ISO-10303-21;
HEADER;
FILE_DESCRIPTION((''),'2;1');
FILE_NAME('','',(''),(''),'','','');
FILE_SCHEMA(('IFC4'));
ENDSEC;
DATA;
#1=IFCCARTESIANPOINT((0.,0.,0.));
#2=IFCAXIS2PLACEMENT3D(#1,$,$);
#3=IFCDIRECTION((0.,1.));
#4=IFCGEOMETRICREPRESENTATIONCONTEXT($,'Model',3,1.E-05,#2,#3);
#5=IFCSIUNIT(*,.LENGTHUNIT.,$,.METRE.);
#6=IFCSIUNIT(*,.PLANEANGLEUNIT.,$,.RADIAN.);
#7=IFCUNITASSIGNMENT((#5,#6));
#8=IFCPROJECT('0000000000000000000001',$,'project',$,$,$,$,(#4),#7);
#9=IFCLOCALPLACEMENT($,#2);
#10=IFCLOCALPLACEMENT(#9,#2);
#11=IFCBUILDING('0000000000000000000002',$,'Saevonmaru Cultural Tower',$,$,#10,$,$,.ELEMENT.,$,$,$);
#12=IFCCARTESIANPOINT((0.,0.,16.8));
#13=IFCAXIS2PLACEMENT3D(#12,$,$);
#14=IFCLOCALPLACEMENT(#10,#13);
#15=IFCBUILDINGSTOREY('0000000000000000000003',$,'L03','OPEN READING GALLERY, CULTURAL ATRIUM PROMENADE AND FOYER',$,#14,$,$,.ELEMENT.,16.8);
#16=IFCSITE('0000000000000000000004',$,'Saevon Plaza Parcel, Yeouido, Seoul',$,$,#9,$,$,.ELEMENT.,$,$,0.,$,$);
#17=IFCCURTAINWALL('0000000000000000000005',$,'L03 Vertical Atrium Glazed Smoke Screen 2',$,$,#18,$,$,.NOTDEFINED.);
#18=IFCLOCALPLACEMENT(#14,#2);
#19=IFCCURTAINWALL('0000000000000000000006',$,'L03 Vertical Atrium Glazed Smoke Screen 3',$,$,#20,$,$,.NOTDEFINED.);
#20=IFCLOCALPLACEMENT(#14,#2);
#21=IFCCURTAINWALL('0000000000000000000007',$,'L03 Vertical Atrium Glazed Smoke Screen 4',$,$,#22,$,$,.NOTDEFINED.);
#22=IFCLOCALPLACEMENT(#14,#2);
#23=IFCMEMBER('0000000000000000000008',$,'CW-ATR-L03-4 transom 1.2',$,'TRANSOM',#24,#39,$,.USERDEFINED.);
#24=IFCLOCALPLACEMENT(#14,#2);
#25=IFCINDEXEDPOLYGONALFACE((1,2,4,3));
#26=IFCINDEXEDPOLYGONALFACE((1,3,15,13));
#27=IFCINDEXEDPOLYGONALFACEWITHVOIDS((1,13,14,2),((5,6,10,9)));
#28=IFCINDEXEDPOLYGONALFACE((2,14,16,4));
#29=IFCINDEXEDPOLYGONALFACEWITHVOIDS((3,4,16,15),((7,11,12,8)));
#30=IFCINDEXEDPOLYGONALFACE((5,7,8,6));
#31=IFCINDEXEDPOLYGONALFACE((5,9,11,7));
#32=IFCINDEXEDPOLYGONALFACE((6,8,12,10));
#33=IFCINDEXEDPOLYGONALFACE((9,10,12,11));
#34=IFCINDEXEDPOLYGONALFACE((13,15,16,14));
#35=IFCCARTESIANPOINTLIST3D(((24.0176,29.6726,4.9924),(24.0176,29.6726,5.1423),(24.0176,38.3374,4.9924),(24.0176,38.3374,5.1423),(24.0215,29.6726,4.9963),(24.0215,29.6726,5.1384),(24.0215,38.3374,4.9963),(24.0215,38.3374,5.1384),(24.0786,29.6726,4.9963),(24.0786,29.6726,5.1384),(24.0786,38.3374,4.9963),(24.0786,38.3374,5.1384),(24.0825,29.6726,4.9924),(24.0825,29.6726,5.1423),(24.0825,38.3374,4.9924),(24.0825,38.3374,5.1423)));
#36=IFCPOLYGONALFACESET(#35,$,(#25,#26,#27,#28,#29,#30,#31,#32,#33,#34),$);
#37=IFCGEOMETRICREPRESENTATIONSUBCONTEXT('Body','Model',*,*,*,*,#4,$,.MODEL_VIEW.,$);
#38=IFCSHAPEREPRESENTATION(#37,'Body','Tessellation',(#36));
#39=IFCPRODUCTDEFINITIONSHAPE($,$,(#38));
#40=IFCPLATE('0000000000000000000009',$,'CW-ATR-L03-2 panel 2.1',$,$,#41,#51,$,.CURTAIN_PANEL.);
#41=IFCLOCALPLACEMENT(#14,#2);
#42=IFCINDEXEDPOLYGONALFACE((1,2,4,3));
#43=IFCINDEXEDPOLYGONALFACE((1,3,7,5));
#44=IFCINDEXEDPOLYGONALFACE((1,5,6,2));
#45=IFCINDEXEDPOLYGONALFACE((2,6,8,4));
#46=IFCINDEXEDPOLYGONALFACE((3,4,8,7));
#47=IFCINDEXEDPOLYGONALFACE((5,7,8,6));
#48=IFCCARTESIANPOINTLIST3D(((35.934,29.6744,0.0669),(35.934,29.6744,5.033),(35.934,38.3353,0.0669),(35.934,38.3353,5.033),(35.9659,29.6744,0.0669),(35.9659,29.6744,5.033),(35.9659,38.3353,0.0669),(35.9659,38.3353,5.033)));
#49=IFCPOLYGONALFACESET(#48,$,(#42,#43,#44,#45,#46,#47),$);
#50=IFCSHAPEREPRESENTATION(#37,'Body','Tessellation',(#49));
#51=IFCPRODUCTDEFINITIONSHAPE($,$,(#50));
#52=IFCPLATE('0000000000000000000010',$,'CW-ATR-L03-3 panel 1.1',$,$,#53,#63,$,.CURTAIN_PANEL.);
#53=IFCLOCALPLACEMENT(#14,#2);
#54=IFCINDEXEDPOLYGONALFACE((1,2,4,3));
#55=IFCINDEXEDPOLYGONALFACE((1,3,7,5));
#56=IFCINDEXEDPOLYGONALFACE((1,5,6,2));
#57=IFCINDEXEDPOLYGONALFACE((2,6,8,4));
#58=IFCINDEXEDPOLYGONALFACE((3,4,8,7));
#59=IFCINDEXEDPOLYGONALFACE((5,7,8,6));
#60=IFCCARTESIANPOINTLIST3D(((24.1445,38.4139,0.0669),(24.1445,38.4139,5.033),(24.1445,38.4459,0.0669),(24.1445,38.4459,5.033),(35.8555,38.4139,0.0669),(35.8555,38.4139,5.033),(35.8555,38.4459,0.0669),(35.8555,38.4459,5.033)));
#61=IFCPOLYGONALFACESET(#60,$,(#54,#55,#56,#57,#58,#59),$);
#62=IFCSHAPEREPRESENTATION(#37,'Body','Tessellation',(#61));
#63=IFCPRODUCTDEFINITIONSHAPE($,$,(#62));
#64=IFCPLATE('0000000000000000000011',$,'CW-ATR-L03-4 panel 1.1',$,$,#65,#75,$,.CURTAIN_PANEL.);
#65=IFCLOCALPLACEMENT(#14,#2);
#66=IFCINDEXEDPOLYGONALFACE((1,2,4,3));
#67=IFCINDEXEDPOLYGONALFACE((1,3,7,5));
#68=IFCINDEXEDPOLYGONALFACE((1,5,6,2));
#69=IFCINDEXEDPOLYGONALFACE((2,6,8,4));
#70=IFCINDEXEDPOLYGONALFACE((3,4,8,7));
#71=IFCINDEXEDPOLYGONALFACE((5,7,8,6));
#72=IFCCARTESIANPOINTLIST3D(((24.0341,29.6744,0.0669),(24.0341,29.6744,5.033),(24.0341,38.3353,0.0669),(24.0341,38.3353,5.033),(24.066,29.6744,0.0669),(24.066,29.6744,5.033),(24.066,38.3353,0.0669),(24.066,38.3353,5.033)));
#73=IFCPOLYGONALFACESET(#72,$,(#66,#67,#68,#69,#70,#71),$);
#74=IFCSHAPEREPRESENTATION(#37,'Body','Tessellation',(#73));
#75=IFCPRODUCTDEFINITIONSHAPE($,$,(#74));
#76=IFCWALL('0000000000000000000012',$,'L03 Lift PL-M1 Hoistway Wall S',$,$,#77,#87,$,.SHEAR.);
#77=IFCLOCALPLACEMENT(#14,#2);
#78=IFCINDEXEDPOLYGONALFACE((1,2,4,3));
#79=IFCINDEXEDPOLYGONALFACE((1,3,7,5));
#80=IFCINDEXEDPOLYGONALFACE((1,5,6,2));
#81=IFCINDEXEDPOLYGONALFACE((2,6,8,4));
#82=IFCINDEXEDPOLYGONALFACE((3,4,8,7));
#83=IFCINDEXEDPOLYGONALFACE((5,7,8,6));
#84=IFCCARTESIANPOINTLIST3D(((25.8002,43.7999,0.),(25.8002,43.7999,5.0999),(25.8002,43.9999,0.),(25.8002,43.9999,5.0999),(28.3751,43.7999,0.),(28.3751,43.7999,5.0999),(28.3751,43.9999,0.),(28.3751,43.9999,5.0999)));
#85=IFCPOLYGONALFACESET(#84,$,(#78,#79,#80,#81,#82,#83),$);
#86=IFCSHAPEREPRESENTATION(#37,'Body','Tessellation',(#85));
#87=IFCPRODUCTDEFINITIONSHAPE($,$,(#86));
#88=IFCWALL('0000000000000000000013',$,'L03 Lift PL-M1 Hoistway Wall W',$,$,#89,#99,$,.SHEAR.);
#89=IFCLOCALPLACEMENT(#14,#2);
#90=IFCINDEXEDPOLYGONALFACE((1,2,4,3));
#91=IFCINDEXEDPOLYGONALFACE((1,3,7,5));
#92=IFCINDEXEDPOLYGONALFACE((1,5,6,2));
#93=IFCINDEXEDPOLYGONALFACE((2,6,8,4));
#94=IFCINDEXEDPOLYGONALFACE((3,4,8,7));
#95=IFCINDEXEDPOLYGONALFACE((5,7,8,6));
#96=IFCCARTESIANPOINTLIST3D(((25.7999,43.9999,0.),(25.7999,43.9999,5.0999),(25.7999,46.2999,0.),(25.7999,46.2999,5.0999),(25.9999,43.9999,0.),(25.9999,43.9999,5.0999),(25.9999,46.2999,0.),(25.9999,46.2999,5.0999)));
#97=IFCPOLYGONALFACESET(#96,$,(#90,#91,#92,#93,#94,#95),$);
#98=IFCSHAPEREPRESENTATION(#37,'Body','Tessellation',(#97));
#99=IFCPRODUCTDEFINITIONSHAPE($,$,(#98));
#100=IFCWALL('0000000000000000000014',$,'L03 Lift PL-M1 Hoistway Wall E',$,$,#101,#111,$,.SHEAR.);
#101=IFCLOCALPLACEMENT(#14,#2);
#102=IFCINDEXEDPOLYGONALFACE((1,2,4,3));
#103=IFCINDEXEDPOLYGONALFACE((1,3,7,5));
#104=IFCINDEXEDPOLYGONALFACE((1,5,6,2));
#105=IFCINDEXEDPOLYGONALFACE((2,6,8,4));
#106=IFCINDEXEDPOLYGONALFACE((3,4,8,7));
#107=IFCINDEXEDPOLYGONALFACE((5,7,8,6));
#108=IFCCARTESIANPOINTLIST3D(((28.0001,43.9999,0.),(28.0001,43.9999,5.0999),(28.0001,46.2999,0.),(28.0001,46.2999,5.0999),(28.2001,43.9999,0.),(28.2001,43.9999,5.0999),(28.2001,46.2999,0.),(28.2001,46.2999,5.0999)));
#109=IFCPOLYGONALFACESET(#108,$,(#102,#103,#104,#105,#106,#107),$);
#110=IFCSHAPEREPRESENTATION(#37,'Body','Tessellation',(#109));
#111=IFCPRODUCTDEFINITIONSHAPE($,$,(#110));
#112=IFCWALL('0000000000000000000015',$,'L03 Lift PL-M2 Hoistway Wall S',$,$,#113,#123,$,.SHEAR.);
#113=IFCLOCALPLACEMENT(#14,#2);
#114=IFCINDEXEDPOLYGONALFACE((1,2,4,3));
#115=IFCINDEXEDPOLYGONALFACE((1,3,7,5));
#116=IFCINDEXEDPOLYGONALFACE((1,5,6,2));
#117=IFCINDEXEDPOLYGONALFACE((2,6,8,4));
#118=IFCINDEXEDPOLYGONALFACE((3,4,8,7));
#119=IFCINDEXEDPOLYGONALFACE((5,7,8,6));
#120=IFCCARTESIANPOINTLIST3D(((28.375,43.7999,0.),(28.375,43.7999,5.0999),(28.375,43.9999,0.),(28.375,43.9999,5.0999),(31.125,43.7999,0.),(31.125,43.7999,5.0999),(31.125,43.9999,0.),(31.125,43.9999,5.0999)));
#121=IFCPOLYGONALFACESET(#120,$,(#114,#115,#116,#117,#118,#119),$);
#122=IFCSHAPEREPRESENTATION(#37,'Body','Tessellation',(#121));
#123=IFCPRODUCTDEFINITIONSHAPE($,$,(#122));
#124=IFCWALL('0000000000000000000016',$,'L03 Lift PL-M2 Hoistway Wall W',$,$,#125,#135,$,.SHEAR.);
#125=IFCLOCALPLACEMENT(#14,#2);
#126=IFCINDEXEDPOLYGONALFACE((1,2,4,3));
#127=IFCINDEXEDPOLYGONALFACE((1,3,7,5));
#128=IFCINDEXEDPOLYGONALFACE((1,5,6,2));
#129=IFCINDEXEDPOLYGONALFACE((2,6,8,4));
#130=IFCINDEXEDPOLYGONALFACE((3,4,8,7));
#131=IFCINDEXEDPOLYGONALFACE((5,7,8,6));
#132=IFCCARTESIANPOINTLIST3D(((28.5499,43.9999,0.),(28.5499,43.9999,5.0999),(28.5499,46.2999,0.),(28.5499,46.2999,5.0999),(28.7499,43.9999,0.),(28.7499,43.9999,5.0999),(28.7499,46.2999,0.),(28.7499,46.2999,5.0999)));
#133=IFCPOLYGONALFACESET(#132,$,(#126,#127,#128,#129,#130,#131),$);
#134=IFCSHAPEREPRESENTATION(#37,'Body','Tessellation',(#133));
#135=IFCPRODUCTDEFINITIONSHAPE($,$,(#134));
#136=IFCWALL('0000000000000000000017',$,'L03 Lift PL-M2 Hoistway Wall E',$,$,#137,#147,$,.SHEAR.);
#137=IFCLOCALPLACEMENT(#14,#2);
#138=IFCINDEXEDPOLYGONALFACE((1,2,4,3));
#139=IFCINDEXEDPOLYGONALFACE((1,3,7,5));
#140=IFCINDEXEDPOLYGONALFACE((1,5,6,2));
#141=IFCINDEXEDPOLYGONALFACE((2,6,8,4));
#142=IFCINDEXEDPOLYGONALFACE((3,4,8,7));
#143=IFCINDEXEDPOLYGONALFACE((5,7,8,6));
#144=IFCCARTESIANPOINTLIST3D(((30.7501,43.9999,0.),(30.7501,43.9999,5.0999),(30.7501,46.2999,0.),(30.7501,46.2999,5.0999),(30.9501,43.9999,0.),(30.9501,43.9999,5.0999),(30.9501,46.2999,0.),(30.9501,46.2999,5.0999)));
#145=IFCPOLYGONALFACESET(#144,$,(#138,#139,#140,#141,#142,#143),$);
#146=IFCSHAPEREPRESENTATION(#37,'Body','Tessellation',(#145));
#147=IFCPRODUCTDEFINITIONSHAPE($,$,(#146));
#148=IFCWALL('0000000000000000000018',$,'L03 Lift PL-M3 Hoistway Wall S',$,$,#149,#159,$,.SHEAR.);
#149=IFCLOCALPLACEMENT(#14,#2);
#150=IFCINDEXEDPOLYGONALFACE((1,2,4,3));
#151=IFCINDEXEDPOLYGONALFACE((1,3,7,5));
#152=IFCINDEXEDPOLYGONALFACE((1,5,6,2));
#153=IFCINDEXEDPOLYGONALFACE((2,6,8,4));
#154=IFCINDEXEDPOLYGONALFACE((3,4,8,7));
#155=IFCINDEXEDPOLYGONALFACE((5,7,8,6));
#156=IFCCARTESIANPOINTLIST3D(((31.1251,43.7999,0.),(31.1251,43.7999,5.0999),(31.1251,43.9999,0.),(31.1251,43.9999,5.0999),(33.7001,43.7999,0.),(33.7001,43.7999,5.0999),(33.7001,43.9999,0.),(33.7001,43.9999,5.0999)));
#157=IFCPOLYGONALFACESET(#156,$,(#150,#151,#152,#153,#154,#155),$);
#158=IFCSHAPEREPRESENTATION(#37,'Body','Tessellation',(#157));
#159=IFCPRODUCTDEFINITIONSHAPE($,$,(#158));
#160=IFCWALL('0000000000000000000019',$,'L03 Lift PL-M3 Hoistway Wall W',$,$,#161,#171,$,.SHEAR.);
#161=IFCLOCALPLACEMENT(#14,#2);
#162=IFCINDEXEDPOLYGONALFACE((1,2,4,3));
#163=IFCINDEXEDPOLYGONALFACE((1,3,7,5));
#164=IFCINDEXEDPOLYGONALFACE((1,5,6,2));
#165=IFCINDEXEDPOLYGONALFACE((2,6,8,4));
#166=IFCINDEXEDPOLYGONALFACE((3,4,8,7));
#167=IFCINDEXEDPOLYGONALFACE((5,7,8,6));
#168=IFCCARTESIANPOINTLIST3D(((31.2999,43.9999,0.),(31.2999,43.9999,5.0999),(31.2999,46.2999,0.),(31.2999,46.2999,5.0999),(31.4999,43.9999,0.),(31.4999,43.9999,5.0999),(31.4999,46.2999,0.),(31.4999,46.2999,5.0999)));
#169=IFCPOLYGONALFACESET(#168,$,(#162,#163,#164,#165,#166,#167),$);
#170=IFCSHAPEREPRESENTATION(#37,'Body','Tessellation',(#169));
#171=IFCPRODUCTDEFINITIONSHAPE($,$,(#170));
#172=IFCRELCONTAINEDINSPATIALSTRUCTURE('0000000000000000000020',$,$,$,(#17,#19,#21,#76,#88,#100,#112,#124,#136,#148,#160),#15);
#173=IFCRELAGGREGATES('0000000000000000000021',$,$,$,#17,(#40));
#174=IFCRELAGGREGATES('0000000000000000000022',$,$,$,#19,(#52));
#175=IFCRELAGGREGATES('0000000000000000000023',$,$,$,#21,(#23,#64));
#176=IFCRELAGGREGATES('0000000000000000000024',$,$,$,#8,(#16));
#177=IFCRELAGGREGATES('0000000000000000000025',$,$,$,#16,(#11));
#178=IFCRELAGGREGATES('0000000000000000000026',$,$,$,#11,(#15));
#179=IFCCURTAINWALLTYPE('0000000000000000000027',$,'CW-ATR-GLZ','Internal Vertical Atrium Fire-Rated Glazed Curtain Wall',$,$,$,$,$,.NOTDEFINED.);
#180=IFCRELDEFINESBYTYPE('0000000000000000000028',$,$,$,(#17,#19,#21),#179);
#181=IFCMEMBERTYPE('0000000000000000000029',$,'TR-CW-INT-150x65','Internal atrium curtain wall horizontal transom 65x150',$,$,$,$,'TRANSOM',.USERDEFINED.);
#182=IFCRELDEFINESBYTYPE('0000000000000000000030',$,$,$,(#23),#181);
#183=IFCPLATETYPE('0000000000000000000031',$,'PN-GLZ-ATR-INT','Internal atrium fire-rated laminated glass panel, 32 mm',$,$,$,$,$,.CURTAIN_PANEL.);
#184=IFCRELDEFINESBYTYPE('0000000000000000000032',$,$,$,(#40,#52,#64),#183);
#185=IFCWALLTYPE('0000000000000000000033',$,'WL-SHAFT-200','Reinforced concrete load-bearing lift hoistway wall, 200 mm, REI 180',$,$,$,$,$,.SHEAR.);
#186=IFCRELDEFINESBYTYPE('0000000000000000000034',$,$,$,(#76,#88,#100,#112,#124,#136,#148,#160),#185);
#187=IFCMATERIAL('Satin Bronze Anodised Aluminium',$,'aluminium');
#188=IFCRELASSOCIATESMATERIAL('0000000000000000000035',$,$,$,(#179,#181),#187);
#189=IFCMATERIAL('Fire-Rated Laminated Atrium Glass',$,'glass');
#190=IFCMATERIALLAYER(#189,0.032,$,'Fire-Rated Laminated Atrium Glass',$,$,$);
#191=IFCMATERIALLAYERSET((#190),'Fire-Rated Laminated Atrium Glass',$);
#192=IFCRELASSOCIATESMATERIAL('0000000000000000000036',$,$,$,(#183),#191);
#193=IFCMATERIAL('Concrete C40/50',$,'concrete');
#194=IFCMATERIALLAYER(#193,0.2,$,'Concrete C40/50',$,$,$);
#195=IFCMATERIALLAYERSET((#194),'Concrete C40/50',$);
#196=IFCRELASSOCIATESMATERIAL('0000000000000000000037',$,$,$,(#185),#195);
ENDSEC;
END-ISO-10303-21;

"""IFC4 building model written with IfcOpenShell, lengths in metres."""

from ifc_helpers import new_model, si_unit, direction, frame, frame_2d, origin, origin_2d, place, context, subcontext, project, spatial, rectangle, hollow_rectangle, extrude, material, layer, layer_set, material_profile, profile_set, type_object, element, aggregate, save


model = new_model("IFC4")

# Units and contexts
model_context = context("Model", 3, precision=1e-05, world=origin(), true_north=direction((0.0, 1.0)))
body_context = subcontext(model_context, "Body", "Model", "MODEL_VIEW")
ifc_project = project(units=[si_unit("LENGTHUNIT", "METRE"), si_unit("PLANEANGLEUNIT", "RADIAN")], contexts=[model_context])

# Site, building, storey
site_placement = place(None, origin())
site = spatial("IfcSite", under=ifc_project, at=site_placement, Name="Saevon Plaza Parcel, Yeouido, Seoul", CompositionType="ELEMENT", RefElevation=0.0)
building_placement = place(site_placement, origin())
building = spatial("IfcBuilding", under=site, at=building_placement, Name="Saevonmaru Cultural Tower", CompositionType="ELEMENT")
storey_placement = place(building_placement, frame((0.0, 0.0, 16.8)))
storey = spatial("IfcBuildingStorey", under=building, at=storey_placement, Name="L03", Description="OPEN READING GALLERY, CULTURAL ATRIUM PROMENADE AND FOYER", CompositionType="ELEMENT", Elevation=16.8)

# Curtain wall
ifc_material_1 = material(Name="Satin Bronze Anodised Aluminium", Category="aluminium")
curtain_wall_type = type_object("IfcCurtainWallType", Name="CW-ATR-GLZ", Description="Internal Vertical Atrium Fire-Rated Glazed Curtain Wall", PredefinedType="NOTDEFINED", material=ifc_material_1)
curtain_wall_1_placement = place(storey_placement, origin())
curtain_wall_1 = element("IfcCurtainWall", 1, at=curtain_wall_1_placement, inside=storey, type_object=curtain_wall_type, Name="L03 Vertical Atrium Glazed Smoke Screen 2", PredefinedType="NOTDEFINED")

# Curtain wall
curtain_wall_2_placement = place(storey_placement, origin())
curtain_wall_2 = element("IfcCurtainWall", 2, at=curtain_wall_2_placement, inside=storey, type_object=curtain_wall_type, Name="L03 Vertical Atrium Glazed Smoke Screen 3", PredefinedType="NOTDEFINED")

# Curtain wall
curtain_wall_3_placement = place(storey_placement, origin())
curtain_wall_3 = element("IfcCurtainWall", 3, at=curtain_wall_3_placement, inside=storey, type_object=curtain_wall_type, Name="L03 Vertical Atrium Glazed Smoke Screen 4", PredefinedType="NOTDEFINED")

# Member
ifc_material_profile_1 = material_profile(ifc_material_1, hollow_rectangle(XDim=0.0649, YDim=0.1499, WallThickness=0.0039, at=origin_2d()), Name="ALU-TRAN-150x65x4")
ifc_profile_set_1 = profile_set([ifc_material_profile_1], Name="Satin Bronze Anodised Aluminium")
member_type_1 = type_object("IfcMemberType", Name="TR-CW-INT-150x65", Description="Internal atrium curtain wall horizontal transom 65x150", ElementType="TRANSOM", PredefinedType="USERDEFINED", material=ifc_profile_set_1)
member_1_placement = place(storey_placement, frame((24.05, 38.3374, 5.0674), z_axis=(0.0, -1.0, 0.0), x_axis=(1.0, 0.0, 0.0)))
member_1 = element("IfcMember", 4, at=member_1_placement, type_object=member_type_1, Name="CW-ATR-L03-4 transom 1.2", ObjectType="TRANSOM", PredefinedType="USERDEFINED", context=body_context, shape_type="SweptSolid", body=[
    extrude(hollow_rectangle(XDim=0.0649, YDim=0.1499, WallThickness=0.0039, at=origin_2d()), origin(), (0.0, 0.0, 1.0), 8.6648),
])

# Plates
ifc_material_2 = material(Name="Fire-Rated Laminated Atrium Glass", Category="glass")
ifc_layer_1 = layer(ifc_material_2, 0.032, Name="Fire-Rated Laminated Atrium Glass")
ifc_layer_set_1 = layer_set([ifc_layer_1], Name="Fire-Rated Laminated Atrium Glass")
plate_type = type_object("IfcPlateType", Name="PN-GLZ-ATR-INT", Description="Internal atrium fire-rated laminated glass panel, 32 mm", PredefinedType="CURTAIN_PANEL", material=ifc_layer_set_1)
plate_1_placement = place(storey_placement, frame((35.95, 34.0049, 0.0669), z_axis=(0.0, 0.0, 1.0), x_axis=(0.0, 1.0, 0.0)))
plate_1 = element("IfcPlate", 5, at=plate_1_placement, type_object=plate_type, Name="CW-ATR-L03-2 panel 2.1", PredefinedType="CURTAIN_PANEL", context=body_context, shape_type="SweptSolid", body=[
    extrude(rectangle(XDim=8.6609, YDim=0.032, at=origin_2d()), origin(), (0.0, 0.0, 1.0), 4.9661),
])
aggregate(curtain_wall_1, [plate_1])
plate_2_placement = place(storey_placement, frame((30.0, 38.4299, 0.0669), z_axis=(0.0, 0.0, 1.0), x_axis=(-1.0, 0.0, 0.0)))
plate_2 = element("IfcPlate", 6, at=plate_2_placement, type_object=plate_type, Name="CW-ATR-L03-3 panel 1.1", PredefinedType="CURTAIN_PANEL", context=body_context, shape_type="SweptSolid", body=[
    extrude(rectangle(XDim=11.7109, YDim=0.032, at=origin_2d()), origin(), (0.0, 0.0, 1.0), 4.9661),
])
aggregate(curtain_wall_2, [plate_2])
plate_3_placement = place(storey_placement, frame((24.05, 34.0049, 0.0669), z_axis=(0.0, 0.0, 1.0), x_axis=(0.0, -1.0, 0.0)))
plate_3 = element("IfcPlate", 7, at=plate_3_placement, type_object=plate_type, Name="CW-ATR-L03-4 panel 1.1", PredefinedType="CURTAIN_PANEL", context=body_context, shape_type="SweptSolid", body=[
    extrude(rectangle(XDim=8.6609, YDim=0.032, at=origin_2d()), origin(), (0.0, 0.0, 1.0), 4.9661),
])
aggregate(curtain_wall_3, [member_1, plate_3])

# Walls
ifc_material_3 = material(Name="Concrete C40/50", Category="concrete")
ifc_layer_2 = layer(ifc_material_3, 0.2, Name="Concrete C40/50")
ifc_layer_set_2 = layer_set([ifc_layer_2], Name="Concrete C40/50")
wall_type = type_object("IfcWallType", Name="WL-SHAFT-200", Description="Reinforced concrete load-bearing lift hoistway wall, 200 mm, REI 180", PredefinedType="SHEAR", material=ifc_layer_set_2)
wall_1_placement = place(storey_placement, frame((25.8, 43.8999, 0.0), z_axis=(0.0, 0.0, 1.0), x_axis=(1.0, 0.0, 0.0)))
element("IfcWall", 8, at=wall_1_placement, inside=storey, type_object=wall_type, Name="L03 Lift PL-M1 Hoistway Wall S", PredefinedType="SHEAR", context=body_context, shape_type="SweptSolid", body=[
    extrude(rectangle(XDim=2.575, YDim=0.2, at=frame_2d((1.2876, 0.0))), origin(), (0.0, 0.0, 1.0), 5.0999),
])
for number, where, z_axis, x_axis, name in (
    (9, (25.8999, 44.0, 0.0), (0.0, 0.0, 1.0), (0.0, 1.0, 0.0), "L03 Lift PL-M1 Hoistway Wall W"),
    (10, (28.1001, 44.0, 0.0), (0.0, 0.0, 1.0), (0.0, 1.0, 0.0), "L03 Lift PL-M1 Hoistway Wall E"),
):
    element("IfcWall", number, at=place(storey_placement, frame(where, z_axis=z_axis, x_axis=x_axis)), inside=storey, type_object=wall_type, Name=name, PredefinedType="SHEAR", context=body_context, shape_type="SweptSolid", body=[
        extrude(rectangle(XDim=2.3, YDim=0.2, at=frame_2d((1.1499, 0.0))), origin(), (0.0, 0.0, 1.0), 5.0999),
    ])
wall_2_placement = place(storey_placement, frame((28.375, 43.8999, 0.0), z_axis=(0.0, 0.0, 1.0), x_axis=(1.0, 0.0, 0.0)))
element("IfcWall", 11, at=wall_2_placement, inside=storey, type_object=wall_type, Name="L03 Lift PL-M2 Hoistway Wall S", PredefinedType="SHEAR", context=body_context, shape_type="SweptSolid", body=[
    extrude(rectangle(XDim=2.75, YDim=0.2, at=frame_2d((1.375, 0.0))), origin(), (0.0, 0.0, 1.0), 5.0999),
])
for number, where, z_axis, x_axis, name in (
    (12, (28.6499, 44.0, 0.0), (0.0, 0.0, 1.0), (0.0, 1.0, 0.0), "L03 Lift PL-M2 Hoistway Wall W"),
    (13, (30.8501, 44.0, 0.0), (0.0, 0.0, 1.0), (0.0, 1.0, 0.0), "L03 Lift PL-M2 Hoistway Wall E"),
):
    element("IfcWall", number, at=place(storey_placement, frame(where, z_axis=z_axis, x_axis=x_axis)), inside=storey, type_object=wall_type, Name=name, PredefinedType="SHEAR", context=body_context, shape_type="SweptSolid", body=[
        extrude(rectangle(XDim=2.3, YDim=0.2, at=frame_2d((1.1499, 0.0))), origin(), (0.0, 0.0, 1.0), 5.0999),
    ])
wall_3_placement = place(storey_placement, frame((31.125, 43.8999, 0.0), z_axis=(0.0, 0.0, 1.0), x_axis=(1.0, 0.0, 0.0)))
element("IfcWall", 14, at=wall_3_placement, inside=storey, type_object=wall_type, Name="L03 Lift PL-M3 Hoistway Wall S", PredefinedType="SHEAR", context=body_context, shape_type="SweptSolid", body=[
    extrude(rectangle(XDim=2.575, YDim=0.2, at=frame_2d((1.2876, 0.0))), origin(), (0.0, 0.0, 1.0), 5.0999),
])
wall_4_placement = place(storey_placement, frame((31.3999, 44.0, 0.0), z_axis=(0.0, 0.0, 1.0), x_axis=(0.0, 1.0, 0.0)))
element("IfcWall", 15, at=wall_4_placement, inside=storey, type_object=wall_type, Name="L03 Lift PL-M3 Hoistway Wall W", PredefinedType="SHEAR", context=body_context, shape_type="SweptSolid", body=[
    extrude(rectangle(XDim=2.3, YDim=0.2, at=frame_2d((1.1499, 0.0))), origin(), (0.0, 0.0, 1.0), 5.0999),
])

save(model, "model.ifc")
